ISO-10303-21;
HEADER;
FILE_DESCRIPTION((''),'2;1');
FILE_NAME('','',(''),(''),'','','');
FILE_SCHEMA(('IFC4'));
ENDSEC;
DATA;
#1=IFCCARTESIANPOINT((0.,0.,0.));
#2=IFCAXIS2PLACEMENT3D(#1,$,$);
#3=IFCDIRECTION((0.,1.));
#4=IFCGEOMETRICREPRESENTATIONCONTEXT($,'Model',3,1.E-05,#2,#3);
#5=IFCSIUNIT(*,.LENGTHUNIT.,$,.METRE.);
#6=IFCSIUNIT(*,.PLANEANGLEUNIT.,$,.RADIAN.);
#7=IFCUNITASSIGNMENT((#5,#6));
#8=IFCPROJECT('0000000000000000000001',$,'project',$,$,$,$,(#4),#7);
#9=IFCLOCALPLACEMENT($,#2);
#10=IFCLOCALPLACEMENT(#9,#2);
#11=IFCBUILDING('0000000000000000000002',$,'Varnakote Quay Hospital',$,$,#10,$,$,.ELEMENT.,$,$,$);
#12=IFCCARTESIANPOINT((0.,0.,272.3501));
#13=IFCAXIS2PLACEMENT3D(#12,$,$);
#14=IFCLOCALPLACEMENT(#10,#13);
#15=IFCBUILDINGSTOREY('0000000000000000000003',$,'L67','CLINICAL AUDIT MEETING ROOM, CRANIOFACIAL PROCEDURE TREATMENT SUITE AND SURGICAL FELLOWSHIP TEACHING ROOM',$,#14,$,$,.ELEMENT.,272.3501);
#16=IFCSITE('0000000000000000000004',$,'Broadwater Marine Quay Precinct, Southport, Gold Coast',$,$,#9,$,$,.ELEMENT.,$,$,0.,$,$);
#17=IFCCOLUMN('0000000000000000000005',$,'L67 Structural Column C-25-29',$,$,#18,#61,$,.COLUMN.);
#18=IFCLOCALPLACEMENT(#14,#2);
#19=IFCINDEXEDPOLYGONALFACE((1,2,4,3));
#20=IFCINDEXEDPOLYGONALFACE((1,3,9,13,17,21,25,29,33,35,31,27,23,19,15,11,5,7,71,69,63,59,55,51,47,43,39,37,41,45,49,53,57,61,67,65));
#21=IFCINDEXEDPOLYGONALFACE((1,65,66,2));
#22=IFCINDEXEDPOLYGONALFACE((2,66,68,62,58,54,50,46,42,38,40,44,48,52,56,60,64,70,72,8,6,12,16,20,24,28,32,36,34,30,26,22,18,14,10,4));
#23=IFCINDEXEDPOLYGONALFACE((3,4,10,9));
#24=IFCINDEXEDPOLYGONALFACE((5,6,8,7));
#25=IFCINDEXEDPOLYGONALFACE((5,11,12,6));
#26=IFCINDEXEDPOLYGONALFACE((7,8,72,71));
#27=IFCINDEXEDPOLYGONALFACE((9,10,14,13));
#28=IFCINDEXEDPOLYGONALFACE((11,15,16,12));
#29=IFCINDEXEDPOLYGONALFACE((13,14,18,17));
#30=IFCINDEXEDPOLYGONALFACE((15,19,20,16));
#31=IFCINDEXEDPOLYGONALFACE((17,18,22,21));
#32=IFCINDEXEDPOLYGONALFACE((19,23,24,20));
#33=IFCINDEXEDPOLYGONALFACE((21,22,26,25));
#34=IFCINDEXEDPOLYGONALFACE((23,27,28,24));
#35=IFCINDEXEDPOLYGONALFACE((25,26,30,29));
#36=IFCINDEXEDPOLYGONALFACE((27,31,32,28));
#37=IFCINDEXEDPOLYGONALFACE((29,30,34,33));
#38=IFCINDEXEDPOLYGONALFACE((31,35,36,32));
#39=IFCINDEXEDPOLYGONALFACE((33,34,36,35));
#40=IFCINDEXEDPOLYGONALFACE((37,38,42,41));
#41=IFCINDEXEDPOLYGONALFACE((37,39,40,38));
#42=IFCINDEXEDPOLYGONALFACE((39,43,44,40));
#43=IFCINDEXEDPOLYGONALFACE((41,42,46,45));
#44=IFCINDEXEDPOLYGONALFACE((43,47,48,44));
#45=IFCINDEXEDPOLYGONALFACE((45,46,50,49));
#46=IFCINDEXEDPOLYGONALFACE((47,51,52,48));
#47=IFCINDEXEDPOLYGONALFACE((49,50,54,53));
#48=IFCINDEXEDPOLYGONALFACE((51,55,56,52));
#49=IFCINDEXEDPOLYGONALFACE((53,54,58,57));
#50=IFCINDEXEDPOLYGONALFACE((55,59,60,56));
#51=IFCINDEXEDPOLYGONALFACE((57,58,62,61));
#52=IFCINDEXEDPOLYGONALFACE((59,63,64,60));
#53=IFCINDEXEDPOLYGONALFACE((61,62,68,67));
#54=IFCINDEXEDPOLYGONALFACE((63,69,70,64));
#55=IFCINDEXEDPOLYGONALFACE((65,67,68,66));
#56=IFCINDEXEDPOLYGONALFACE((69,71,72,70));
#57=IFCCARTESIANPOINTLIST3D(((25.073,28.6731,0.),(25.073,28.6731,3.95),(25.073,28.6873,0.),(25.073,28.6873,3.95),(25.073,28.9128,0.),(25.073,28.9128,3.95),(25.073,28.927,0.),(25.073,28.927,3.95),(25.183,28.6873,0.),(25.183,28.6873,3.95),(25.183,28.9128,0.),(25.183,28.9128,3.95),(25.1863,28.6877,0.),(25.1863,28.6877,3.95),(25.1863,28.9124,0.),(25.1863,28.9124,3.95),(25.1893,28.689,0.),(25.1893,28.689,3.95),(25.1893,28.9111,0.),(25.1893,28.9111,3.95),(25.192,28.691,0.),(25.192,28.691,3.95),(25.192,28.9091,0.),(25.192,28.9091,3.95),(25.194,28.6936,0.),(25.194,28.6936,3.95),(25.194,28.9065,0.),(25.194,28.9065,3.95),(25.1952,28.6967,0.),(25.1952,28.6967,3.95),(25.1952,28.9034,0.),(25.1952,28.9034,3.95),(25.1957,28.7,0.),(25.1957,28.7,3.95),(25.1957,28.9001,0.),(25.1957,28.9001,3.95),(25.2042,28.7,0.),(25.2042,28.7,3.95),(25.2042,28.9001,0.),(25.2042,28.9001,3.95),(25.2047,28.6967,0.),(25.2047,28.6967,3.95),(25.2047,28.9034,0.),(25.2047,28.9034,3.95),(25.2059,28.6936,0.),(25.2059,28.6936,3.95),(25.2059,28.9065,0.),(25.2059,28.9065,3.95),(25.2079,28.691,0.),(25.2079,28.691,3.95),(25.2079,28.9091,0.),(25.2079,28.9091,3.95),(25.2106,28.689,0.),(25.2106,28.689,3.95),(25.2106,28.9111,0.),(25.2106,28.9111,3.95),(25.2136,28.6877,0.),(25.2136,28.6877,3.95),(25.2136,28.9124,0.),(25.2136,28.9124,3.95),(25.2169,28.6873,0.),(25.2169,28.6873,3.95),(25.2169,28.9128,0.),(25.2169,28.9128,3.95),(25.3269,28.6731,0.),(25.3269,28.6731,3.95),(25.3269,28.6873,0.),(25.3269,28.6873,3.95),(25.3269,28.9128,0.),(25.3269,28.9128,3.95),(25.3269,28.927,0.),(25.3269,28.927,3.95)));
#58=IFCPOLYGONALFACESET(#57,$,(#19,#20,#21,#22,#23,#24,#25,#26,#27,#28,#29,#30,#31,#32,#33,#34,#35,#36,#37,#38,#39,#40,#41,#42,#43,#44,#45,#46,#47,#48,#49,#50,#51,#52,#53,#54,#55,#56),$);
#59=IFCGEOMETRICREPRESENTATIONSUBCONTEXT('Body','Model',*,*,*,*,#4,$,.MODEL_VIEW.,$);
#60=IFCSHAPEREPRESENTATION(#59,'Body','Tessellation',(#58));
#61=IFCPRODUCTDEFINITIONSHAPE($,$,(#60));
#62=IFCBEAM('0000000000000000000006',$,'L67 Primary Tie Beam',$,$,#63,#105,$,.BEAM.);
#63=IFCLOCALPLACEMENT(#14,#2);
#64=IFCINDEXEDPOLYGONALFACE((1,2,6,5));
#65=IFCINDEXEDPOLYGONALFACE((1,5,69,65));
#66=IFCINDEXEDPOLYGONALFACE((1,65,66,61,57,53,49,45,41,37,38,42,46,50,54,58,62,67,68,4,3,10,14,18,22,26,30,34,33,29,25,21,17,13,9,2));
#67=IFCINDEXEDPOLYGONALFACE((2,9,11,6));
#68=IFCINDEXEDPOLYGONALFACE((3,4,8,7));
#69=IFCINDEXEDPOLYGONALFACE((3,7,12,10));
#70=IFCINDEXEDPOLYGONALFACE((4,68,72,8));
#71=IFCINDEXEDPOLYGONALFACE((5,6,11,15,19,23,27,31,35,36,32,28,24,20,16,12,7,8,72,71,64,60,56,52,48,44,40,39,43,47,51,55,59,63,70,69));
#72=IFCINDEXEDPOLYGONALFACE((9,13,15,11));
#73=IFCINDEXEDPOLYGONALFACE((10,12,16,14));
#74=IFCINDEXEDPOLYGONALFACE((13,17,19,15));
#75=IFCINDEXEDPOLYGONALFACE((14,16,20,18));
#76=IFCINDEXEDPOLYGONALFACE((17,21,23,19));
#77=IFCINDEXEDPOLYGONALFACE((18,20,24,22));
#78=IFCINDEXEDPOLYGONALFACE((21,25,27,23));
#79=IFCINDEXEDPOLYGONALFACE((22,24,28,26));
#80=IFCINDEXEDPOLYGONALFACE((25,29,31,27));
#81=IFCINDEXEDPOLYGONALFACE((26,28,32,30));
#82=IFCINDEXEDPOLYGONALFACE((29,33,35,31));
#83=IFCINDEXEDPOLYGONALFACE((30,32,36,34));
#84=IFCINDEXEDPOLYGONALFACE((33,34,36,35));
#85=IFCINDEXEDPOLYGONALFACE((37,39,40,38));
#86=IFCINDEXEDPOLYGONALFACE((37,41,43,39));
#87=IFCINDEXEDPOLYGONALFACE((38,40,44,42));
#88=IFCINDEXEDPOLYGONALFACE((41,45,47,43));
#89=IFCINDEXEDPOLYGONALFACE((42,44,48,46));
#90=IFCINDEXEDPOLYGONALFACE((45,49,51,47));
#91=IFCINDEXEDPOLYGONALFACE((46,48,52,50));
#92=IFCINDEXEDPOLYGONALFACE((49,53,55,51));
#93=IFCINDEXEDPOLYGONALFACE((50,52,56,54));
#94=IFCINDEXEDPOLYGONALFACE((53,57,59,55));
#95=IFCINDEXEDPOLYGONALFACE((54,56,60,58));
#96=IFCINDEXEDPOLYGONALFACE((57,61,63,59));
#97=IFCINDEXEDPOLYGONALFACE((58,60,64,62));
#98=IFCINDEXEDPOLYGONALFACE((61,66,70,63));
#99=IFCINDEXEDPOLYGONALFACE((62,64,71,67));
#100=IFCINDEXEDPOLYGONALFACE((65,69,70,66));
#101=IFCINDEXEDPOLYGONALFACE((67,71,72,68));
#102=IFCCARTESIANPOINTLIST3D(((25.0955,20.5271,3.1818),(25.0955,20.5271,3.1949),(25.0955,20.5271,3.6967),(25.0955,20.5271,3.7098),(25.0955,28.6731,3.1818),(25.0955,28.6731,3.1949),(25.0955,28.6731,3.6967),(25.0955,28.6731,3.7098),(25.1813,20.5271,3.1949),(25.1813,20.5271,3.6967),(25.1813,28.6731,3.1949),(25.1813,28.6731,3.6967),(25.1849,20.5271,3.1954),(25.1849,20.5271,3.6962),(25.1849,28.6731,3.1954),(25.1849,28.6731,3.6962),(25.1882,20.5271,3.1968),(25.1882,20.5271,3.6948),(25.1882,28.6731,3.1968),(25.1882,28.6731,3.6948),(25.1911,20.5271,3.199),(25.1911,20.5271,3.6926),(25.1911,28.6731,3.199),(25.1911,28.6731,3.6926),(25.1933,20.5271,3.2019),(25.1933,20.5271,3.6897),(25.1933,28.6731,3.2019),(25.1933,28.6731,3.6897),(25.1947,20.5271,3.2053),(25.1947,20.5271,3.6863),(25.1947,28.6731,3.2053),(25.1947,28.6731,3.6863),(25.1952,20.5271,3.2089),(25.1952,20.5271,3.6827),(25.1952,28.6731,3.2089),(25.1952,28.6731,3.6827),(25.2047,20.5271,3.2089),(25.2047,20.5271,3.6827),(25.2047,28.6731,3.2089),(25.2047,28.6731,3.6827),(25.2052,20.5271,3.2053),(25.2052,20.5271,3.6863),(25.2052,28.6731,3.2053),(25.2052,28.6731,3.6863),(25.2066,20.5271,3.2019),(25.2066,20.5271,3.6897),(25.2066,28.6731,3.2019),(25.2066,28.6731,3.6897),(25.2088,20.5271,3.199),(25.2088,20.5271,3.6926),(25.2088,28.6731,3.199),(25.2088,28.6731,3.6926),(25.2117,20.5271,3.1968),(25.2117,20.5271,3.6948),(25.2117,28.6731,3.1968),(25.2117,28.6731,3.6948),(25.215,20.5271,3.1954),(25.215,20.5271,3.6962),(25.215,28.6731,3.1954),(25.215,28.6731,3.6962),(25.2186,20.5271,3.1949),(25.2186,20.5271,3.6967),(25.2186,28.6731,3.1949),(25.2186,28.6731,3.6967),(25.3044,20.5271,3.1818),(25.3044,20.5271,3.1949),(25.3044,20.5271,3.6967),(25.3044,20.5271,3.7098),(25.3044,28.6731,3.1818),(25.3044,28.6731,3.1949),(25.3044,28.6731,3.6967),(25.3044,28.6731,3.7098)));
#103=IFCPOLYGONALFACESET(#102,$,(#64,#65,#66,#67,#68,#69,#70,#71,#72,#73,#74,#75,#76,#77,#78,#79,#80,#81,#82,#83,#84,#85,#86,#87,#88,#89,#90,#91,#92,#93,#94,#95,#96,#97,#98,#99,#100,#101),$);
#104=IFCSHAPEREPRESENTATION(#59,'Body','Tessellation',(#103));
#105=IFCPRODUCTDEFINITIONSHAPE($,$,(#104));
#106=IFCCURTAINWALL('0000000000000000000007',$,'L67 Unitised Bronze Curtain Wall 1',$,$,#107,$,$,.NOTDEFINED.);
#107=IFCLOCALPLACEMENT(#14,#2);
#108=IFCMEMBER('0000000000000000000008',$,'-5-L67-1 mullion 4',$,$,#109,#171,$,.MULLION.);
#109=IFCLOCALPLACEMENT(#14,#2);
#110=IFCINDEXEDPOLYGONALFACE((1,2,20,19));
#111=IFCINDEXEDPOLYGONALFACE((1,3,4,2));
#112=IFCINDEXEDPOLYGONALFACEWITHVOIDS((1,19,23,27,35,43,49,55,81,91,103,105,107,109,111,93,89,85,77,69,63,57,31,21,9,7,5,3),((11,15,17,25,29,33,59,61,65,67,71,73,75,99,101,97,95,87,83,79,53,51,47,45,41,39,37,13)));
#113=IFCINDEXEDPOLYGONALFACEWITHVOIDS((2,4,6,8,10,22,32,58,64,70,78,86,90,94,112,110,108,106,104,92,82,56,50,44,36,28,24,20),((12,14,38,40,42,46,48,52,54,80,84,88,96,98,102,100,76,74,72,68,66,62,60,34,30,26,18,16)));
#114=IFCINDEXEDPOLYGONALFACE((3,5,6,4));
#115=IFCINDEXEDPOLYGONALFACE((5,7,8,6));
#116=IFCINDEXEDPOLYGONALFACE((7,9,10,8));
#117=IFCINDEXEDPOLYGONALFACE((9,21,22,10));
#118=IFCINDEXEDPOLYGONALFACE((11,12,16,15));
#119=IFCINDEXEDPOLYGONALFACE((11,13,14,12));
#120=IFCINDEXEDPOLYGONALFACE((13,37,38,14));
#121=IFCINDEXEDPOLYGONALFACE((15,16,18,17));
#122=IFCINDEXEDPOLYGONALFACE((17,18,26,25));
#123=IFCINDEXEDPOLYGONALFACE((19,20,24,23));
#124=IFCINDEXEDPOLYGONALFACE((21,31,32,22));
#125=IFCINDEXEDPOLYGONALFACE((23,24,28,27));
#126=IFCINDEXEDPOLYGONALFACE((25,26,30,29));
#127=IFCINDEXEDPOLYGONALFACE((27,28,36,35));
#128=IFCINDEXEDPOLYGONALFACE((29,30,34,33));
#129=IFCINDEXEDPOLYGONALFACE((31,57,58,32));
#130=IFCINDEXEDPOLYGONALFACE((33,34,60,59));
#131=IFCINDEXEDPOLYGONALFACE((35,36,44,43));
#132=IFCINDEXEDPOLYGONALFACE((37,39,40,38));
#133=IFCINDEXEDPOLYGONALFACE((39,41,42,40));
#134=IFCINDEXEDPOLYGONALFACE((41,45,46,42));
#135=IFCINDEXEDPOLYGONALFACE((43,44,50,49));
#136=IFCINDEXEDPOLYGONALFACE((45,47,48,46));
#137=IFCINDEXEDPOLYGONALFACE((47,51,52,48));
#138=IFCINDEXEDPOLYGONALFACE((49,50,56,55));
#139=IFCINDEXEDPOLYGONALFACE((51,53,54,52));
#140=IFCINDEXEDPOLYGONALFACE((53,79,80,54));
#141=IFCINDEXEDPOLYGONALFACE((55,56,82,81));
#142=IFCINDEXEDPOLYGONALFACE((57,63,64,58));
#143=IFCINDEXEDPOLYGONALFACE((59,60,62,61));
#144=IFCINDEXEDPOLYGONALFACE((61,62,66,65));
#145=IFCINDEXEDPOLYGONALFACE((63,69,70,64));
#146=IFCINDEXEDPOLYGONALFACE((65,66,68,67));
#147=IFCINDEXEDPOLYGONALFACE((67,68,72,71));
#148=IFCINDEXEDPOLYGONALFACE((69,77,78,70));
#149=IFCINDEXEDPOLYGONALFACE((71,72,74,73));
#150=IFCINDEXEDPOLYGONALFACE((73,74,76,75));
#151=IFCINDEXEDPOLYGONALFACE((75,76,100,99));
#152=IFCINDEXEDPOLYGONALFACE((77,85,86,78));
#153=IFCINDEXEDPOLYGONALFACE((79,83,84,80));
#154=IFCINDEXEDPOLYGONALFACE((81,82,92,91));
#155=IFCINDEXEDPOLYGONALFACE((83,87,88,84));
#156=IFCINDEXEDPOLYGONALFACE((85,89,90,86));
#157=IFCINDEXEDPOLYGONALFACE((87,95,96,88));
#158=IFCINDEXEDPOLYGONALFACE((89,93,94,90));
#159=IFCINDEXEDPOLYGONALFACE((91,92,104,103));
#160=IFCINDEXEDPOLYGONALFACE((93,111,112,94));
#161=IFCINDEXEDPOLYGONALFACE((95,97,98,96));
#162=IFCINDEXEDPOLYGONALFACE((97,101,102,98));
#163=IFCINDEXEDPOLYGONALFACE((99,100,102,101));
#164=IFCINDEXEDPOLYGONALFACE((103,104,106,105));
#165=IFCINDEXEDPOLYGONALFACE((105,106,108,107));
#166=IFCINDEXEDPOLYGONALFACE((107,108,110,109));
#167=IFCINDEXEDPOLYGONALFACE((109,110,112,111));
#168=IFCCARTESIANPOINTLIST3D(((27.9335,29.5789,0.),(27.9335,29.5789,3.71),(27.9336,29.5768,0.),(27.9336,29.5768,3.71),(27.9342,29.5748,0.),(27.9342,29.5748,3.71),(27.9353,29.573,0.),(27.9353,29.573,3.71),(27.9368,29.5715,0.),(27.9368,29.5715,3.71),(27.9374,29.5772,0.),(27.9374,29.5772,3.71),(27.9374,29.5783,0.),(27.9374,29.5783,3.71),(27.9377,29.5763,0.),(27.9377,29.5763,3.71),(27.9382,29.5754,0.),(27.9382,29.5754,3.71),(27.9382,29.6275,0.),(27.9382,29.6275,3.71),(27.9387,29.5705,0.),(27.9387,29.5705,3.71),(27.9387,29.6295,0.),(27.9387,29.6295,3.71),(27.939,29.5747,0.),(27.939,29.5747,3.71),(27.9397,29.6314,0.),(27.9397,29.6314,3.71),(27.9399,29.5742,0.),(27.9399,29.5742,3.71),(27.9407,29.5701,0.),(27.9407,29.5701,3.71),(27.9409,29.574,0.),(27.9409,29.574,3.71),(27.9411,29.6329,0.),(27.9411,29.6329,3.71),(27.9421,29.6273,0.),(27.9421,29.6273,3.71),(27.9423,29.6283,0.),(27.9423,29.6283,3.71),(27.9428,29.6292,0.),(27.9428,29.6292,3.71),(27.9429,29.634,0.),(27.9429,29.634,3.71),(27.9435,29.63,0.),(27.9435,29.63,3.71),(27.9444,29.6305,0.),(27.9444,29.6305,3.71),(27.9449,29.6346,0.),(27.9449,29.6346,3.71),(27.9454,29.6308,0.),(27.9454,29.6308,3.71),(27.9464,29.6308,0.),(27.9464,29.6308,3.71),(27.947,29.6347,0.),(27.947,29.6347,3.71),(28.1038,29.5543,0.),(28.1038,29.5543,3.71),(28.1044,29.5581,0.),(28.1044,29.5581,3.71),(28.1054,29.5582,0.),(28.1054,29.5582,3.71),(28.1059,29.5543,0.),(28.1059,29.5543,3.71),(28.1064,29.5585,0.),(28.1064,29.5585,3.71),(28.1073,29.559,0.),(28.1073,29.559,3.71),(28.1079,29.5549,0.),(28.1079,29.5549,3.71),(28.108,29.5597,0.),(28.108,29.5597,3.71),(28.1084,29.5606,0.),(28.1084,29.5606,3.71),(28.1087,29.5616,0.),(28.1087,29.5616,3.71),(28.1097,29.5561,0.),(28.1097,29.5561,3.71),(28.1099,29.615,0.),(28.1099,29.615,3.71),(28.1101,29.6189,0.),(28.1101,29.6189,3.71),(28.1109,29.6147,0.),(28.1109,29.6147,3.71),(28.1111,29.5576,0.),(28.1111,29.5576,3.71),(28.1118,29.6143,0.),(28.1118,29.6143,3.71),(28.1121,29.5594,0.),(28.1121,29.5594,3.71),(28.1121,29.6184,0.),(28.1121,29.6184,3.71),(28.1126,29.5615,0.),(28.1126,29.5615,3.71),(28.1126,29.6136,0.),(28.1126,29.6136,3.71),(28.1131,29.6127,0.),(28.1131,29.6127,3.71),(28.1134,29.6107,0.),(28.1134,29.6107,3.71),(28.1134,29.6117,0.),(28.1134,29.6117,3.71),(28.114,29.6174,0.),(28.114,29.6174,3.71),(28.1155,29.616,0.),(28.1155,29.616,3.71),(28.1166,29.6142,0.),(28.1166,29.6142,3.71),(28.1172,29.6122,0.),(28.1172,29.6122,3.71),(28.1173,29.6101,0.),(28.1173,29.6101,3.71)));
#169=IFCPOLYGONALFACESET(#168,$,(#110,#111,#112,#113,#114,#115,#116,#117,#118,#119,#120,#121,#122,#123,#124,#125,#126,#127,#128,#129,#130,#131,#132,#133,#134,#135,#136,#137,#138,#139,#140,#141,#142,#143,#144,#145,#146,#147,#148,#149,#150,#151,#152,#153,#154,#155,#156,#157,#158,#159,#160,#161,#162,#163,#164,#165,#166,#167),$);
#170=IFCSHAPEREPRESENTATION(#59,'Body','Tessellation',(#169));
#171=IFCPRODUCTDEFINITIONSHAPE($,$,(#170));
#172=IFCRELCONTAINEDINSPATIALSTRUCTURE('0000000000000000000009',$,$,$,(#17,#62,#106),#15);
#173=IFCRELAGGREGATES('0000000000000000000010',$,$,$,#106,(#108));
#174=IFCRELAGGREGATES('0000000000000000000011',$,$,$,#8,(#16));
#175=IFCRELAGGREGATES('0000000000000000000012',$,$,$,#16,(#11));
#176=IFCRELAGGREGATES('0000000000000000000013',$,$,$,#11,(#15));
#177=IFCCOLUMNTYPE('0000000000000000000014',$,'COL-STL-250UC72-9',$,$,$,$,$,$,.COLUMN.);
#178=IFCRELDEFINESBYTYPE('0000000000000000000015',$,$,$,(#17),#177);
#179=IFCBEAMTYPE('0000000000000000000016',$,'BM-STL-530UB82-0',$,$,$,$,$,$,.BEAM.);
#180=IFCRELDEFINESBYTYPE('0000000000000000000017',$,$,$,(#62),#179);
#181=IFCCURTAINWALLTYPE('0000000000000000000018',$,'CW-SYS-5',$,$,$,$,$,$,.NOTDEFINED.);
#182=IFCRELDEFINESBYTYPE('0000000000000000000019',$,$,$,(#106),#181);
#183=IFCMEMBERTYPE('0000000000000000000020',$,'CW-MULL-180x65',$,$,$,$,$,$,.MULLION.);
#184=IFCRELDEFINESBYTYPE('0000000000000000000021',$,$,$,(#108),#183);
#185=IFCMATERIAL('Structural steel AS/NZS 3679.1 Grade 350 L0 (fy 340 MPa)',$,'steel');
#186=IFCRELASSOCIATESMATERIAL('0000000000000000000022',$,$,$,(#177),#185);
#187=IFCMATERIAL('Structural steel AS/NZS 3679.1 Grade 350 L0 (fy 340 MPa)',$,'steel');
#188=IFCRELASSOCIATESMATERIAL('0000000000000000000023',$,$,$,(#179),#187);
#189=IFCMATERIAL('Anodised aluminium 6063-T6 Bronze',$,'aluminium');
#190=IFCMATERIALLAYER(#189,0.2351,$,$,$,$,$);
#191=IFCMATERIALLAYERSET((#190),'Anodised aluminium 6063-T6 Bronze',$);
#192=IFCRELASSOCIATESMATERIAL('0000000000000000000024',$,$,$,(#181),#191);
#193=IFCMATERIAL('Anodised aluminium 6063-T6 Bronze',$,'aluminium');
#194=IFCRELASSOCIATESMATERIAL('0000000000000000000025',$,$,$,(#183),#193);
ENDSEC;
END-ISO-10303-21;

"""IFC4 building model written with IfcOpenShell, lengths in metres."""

from ifc_helpers import new_model, si_unit, direction, frame, origin, origin_2d, place, context, subcontext, project, spatial, hollow_rectangle, i_section, extrude, material, layer, layer_set, material_profile, profile_set, type_object, element, aggregate, save


model = new_model("IFC4")

# Units and contexts
model_context = context("Model", 3, precision=1e-05, world=origin(), true_north=direction((0.0, 1.0)))
body_context = subcontext(model_context, "Body", "Model", "MODEL_VIEW")
ifc_project = project(units=[si_unit("LENGTHUNIT", "METRE"), si_unit("PLANEANGLEUNIT", "RADIAN")], contexts=[model_context])

# Site, building, storey
site_placement = place(None, origin())
site = spatial("IfcSite", under=ifc_project, at=site_placement, Name="Broadwater Marine Quay Precinct, Southport, Gold Coast", CompositionType="ELEMENT", RefElevation=0.0)
building_placement = place(site_placement, origin())
building = spatial("IfcBuilding", under=site, at=building_placement, Name="Varnakote Quay Hospital", CompositionType="ELEMENT")
storey_placement = place(building_placement, frame((0.0, 0.0, 272.3501)))
storey = spatial("IfcBuildingStorey", under=building, at=storey_placement, Name="L67", Description="CLINICAL AUDIT MEETING ROOM, CRANIOFACIAL PROCEDURE TREATMENT SUITE AND SURGICAL FELLOWSHIP TEACHING ROOM", CompositionType="ELEMENT", Elevation=272.3501)

# Column
ifc_material_1 = material(Name="Structural steel AS/NZS 3679.1 Grade 350 L0 (fy 340 MPa)", Category="steel")
ifc_material_profile_1 = material_profile(ifc_material_1, i_section(OverallWidth=0.2539, OverallDepth=0.2539, WebThickness=0.0085, FlangeThickness=0.0142, FilletRadius=0.0127, at=origin_2d()), Name="250UC72.9")
ifc_profile_set_1 = profile_set([ifc_material_profile_1], Name="Structural steel AS/NZS 3679.1 Grade 350 L0 (fy 340 MPa)")
column_type = type_object("IfcColumnType", Name="COL-STL-250UC72-9", PredefinedType="COLUMN", material=ifc_profile_set_1)
column_placement = place(storey_placement, frame((25.2, 28.8, 0.0), z_axis=(0.0, 0.0, 1.0), x_axis=(1.0, 0.0, 0.0)))
element("IfcColumn", 1, at=column_placement, inside=storey, type_object=column_type, Name="L67 Structural Column C-25-29", PredefinedType="COLUMN", context=body_context, shape_type="SweptSolid", body=[
    extrude(i_section(OverallWidth=0.2539, OverallDepth=0.2539, WebThickness=0.0085, FlangeThickness=0.0142, FilletRadius=0.0127, at=origin_2d()), origin(), (0.0, 0.0, 1.0), 3.95),
])

# Beam
ifc_material_2 = material(Name="Structural steel AS/NZS 3679.1 Grade 350 L0 (fy 340 MPa)", Category="steel")
ifc_material_profile_2 = material_profile(ifc_material_2, i_section(OverallWidth=0.209, OverallDepth=0.5281, WebThickness=0.0095, FlangeThickness=0.0132, FilletRadius=0.0139, at=origin_2d()), Name="530UB82.0")
ifc_profile_set_2 = profile_set([ifc_material_profile_2], Name="Structural steel AS/NZS 3679.1 Grade 350 L0 (fy 340 MPa)")
beam_type = type_object("IfcBeamType", Name="BM-STL-530UB82-0", PredefinedType="BEAM", material=ifc_profile_set_2)
beam_placement = place(storey_placement, frame((25.2, 20.5271, 3.4458), z_axis=(0.0, 1.0, 0.0), x_axis=(-1.0, 0.0, 0.0)))
element("IfcBeam", 2, at=beam_placement, inside=storey, type_object=beam_type, Name="L67 Primary Tie Beam", PredefinedType="BEAM", context=body_context, shape_type="SweptSolid", body=[
    extrude(i_section(OverallWidth=0.209, OverallDepth=0.5281, WebThickness=0.0095, FlangeThickness=0.0132, FilletRadius=0.0139, at=origin_2d()), origin(), (0.0, 0.0, 1.0), 8.146),
])

# Curtain wall, member
ifc_material_3 = material(Name="Anodised aluminium 6063-T6 Bronze", Category="aluminium")
ifc_layer_1 = layer(ifc_material_3, 0.2351)
ifc_layer_set_1 = layer_set([ifc_layer_1], Name="Anodised aluminium 6063-T6 Bronze")
curtain_wall_type = type_object("IfcCurtainWallType", Name="CW-SYS-5", PredefinedType="NOTDEFINED", material=ifc_layer_set_1)
curtain_wall_1_placement = place(storey_placement, origin())
curtain_wall_1 = element("IfcCurtainWall", 3, at=curtain_wall_1_placement, inside=storey, type_object=curtain_wall_type, Name="L67 Unitised Bronze Curtain Wall 1", PredefinedType="NOTDEFINED")
ifc_material_4 = material(Name="Anodised aluminium 6063-T6 Bronze", Category="aluminium")
ifc_material_profile_3 = material_profile(ifc_material_4, hollow_rectangle(XDim=0.0649, YDim=0.1799, WallThickness=0.0039, InnerFilletRadius=0.0039, OuterFilletRadius=0.0081, at=origin_2d()), Name="CW-MULL-180x65")
ifc_profile_set_3 = profile_set([ifc_material_profile_3], Name="Anodised aluminium 6063-T6 Bronze")
member_type_1 = type_object("IfcMemberType", Name="CW-MULL-180x65", PredefinedType="MULLION", material=ifc_profile_set_3)
member_1_placement = place(storey_placement, frame((28.0254, 29.5945, 0.0), z_axis=(0.0, 0.0, 1.0), x_axis=(-0.096569, -0.995326, 0.0)))
member_1 = element("IfcMember", 4, at=member_1_placement, type_object=member_type_1, Name="-5-L67-1 mullion 4", PredefinedType="MULLION", context=body_context, shape_type="SweptSolid", body=[
    extrude(hollow_rectangle(XDim=0.0649, YDim=0.1799, WallThickness=0.0039, InnerFilletRadius=0.0039, OuterFilletRadius=0.0081, at=origin_2d()), origin(), (0.0, 0.0, 1.0), 3.71),
])

aggregate(curtain_wall_1, [member_1])

save(model, "model.ifc")
